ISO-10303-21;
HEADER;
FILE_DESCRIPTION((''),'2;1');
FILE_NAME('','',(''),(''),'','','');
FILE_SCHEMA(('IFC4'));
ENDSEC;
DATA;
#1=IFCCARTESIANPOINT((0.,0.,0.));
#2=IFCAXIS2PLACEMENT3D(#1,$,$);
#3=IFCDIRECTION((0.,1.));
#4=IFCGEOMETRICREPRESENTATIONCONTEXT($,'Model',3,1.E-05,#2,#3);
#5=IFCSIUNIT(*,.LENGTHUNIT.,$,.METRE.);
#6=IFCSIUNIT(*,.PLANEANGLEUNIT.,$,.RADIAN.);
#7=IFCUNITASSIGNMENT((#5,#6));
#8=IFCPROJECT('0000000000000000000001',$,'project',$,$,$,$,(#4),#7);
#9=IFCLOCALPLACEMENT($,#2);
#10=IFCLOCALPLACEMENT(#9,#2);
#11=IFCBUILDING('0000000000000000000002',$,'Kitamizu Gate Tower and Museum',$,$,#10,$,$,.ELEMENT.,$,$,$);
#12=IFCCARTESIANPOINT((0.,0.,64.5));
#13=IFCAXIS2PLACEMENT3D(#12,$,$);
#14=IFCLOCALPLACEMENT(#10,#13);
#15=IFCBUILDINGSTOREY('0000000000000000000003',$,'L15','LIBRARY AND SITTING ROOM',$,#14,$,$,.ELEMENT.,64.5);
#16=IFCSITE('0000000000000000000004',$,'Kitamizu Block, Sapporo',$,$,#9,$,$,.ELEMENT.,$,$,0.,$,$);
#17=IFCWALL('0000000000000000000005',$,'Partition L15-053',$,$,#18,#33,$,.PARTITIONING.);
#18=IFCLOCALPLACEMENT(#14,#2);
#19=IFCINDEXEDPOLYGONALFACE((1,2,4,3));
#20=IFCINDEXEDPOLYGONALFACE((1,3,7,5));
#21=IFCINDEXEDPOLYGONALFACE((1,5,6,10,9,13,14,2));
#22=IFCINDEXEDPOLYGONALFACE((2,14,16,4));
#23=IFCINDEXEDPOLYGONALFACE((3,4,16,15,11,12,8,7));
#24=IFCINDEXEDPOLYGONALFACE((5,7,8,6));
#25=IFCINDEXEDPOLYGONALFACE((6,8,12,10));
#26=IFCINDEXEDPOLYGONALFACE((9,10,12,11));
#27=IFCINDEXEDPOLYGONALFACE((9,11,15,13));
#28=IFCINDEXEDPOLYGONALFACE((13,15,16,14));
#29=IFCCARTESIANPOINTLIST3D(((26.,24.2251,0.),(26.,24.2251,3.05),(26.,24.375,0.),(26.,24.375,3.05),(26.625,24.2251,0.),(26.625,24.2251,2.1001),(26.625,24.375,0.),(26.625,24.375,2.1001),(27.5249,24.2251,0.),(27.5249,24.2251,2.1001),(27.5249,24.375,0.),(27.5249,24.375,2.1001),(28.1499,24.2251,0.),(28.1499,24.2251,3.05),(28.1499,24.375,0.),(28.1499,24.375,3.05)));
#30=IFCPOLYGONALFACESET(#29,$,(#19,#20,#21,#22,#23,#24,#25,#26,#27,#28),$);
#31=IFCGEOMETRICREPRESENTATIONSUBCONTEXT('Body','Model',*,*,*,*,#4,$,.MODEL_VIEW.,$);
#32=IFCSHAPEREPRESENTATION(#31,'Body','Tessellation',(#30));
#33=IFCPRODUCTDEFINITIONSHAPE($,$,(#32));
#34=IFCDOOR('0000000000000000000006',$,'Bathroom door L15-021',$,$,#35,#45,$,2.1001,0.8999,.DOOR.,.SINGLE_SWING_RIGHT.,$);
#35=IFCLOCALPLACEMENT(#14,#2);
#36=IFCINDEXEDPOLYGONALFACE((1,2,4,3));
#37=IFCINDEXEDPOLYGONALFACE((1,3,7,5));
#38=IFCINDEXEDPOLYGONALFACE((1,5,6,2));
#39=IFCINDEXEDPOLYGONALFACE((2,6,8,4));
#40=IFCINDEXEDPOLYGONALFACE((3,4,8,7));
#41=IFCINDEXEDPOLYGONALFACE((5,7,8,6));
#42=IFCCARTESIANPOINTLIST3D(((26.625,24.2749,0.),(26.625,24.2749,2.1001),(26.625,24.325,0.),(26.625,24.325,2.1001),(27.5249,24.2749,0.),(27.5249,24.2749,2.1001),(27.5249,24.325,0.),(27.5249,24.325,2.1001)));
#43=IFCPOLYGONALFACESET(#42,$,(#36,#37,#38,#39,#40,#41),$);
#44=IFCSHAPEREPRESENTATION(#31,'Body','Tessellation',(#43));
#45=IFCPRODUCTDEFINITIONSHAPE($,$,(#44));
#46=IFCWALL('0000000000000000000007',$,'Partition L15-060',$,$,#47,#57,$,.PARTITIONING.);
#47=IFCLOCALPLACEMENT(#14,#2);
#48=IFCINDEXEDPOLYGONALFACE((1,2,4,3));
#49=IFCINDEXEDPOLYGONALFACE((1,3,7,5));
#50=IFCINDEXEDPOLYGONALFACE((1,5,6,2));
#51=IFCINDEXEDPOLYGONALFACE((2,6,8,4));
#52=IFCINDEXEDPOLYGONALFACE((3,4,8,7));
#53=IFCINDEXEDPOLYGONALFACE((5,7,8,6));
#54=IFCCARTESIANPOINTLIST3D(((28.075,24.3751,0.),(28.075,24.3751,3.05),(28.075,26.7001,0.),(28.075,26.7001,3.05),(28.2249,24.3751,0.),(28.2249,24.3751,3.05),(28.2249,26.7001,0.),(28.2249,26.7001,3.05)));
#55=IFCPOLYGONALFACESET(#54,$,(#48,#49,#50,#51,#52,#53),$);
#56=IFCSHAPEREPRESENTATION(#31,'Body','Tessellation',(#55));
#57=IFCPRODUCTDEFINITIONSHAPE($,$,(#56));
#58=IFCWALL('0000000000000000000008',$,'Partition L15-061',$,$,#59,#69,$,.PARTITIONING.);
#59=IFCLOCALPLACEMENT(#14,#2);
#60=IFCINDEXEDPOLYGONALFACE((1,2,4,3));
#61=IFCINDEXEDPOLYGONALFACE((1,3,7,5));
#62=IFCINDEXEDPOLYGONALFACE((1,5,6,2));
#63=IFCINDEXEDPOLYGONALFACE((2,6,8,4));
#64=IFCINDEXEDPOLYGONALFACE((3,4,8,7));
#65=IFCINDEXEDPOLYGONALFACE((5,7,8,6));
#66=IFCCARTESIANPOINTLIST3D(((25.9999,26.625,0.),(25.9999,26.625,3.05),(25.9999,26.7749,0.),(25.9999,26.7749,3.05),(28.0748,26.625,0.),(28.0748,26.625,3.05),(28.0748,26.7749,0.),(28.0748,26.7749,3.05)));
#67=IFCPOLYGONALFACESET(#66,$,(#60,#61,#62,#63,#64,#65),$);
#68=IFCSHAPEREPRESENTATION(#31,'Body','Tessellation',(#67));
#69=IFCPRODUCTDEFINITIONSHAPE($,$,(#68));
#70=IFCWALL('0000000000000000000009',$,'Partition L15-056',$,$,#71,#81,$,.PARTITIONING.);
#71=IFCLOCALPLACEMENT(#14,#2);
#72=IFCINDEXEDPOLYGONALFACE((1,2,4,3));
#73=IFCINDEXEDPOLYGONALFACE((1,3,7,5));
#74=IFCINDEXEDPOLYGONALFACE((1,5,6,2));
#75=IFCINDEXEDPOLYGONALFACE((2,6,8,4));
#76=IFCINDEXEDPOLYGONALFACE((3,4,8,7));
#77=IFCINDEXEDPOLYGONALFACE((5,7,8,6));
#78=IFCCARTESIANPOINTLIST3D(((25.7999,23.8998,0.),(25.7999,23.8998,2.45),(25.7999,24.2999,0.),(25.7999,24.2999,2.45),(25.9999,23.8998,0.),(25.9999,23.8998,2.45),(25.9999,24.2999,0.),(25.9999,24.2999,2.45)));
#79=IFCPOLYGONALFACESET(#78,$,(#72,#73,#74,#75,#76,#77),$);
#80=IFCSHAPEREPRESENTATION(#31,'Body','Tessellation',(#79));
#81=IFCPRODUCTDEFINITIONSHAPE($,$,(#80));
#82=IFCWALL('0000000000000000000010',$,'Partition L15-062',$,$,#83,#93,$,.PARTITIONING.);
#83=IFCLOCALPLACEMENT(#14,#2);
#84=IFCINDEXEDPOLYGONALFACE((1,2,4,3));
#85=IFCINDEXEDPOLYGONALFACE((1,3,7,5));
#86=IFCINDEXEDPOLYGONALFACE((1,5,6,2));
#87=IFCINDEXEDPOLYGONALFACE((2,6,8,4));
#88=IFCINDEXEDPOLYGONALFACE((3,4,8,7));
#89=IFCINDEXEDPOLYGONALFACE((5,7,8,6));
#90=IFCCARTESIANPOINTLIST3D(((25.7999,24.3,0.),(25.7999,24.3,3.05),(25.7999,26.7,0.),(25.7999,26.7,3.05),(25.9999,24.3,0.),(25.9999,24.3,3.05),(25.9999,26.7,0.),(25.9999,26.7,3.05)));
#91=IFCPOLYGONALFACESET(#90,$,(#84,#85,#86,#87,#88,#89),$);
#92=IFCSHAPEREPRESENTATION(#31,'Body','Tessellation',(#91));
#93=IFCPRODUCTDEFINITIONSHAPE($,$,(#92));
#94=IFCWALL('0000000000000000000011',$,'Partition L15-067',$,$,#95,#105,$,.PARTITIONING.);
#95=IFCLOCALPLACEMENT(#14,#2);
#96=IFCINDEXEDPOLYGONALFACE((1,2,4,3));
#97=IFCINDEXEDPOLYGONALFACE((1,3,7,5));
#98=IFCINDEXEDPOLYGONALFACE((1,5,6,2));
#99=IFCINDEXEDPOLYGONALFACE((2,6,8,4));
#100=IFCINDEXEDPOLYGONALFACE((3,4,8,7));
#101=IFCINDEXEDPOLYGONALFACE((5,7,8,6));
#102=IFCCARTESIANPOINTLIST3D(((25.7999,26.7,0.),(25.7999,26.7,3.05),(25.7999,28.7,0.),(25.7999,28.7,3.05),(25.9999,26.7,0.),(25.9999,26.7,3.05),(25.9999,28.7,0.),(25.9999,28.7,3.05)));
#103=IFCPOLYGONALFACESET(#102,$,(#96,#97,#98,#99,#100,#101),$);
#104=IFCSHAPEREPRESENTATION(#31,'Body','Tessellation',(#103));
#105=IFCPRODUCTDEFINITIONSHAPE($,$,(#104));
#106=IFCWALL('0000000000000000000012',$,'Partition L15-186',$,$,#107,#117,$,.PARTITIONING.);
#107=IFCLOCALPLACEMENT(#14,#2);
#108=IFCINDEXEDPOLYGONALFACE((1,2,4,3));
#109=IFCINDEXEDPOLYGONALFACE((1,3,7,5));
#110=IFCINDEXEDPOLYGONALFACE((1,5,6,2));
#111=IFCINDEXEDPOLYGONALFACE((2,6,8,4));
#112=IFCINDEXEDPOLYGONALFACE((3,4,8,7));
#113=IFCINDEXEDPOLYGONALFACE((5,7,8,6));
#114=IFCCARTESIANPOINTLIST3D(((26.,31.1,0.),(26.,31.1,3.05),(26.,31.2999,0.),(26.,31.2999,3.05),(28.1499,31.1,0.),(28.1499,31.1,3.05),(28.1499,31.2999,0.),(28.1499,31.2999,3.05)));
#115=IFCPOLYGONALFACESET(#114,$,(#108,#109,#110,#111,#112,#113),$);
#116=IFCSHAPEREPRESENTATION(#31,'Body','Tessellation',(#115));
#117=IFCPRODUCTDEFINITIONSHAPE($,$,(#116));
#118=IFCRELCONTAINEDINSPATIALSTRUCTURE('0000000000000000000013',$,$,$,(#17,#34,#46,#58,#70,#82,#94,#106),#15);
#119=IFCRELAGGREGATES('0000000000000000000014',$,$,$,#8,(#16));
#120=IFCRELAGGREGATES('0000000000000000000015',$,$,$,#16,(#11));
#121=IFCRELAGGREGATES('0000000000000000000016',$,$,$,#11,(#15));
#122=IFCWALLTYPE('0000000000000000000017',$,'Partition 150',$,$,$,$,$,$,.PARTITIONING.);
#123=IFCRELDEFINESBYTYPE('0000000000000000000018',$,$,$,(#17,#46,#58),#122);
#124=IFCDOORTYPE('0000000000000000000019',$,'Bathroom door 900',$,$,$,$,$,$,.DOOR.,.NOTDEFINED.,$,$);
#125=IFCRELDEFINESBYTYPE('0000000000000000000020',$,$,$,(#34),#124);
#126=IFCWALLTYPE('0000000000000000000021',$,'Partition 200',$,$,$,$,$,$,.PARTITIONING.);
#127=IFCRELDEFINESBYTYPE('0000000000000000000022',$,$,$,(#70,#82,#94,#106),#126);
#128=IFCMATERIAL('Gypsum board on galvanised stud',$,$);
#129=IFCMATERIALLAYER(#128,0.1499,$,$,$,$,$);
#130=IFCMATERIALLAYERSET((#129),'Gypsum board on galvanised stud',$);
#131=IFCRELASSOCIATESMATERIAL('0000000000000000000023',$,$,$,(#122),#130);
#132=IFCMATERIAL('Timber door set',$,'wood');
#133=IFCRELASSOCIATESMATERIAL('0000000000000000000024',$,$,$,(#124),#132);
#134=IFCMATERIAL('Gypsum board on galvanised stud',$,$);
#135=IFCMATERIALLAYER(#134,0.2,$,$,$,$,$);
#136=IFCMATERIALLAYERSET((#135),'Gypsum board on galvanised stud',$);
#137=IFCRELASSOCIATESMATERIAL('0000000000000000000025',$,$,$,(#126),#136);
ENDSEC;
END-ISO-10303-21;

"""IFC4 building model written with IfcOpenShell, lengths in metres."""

from ifc_helpers import new_model, si_unit, direction, frame, frame_2d, origin, place, context, subcontext, project, spatial, rectangle, extrude, material, layer, layer_set, type_object, element, fill, save


model = new_model("IFC4")

# Units and contexts
model_context = context("Model", 3, precision=1e-05, world=origin(), true_north=direction((0.0, 1.0)))
body_context = subcontext(model_context, "Body", "Model", "MODEL_VIEW")
ifc_project = project(units=[si_unit("LENGTHUNIT", "METRE"), si_unit("PLANEANGLEUNIT", "RADIAN")], contexts=[model_context])

# Site, building, storey
site_placement = place(None, origin())
site = spatial("IfcSite", under=ifc_project, at=site_placement, Name="Kitamizu Block, Sapporo", CompositionType="ELEMENT", RefElevation=0.0)
building_placement = place(site_placement, origin())
building = spatial("IfcBuilding", under=site, at=building_placement, Name="Kitamizu Gate Tower and Museum", CompositionType="ELEMENT")
storey_placement = place(building_placement, frame((0.0, 0.0, 64.5)))
storey = spatial("IfcBuildingStorey", under=building, at=storey_placement, Name="L15", Description="LIBRARY AND SITTING ROOM", CompositionType="ELEMENT", Elevation=64.5)

# Wall, opening, door
ifc_material_1 = material(Name="Gypsum board on galvanised stud")
ifc_layer_1 = layer(ifc_material_1, 0.1499)
ifc_layer_set_1 = layer_set([ifc_layer_1], Name="Gypsum board on galvanised stud")
wall_type_1 = type_object("IfcWallType", Name="Partition 150", PredefinedType="PARTITIONING", material=ifc_layer_set_1)
wall_1_placement = place(storey_placement, frame((28.1499, 24.3, 0.0), z_axis=(0.0, 0.0, 1.0), x_axis=(-1.0, 0.0, 0.0)))
wall_1 = element("IfcWall", 1, at=wall_1_placement, inside=storey, type_object=wall_type_1, Name="Partition L15-053", PredefinedType="PARTITIONING", context=body_context, shape_type="SweptSolid", body=[
    extrude(rectangle(XDim=2.1499, YDim=0.1499, at=frame_2d((1.075, 0.0))), origin(), (0.0, 0.0, 1.0), 3.05),
])
opening_1_placement = place(wall_1_placement, frame((0.625, 0.0, 0.0)))
opening_1 = element("IfcOpeningElement", 2, at=opening_1_placement, cuts=wall_1, PredefinedType="OPENING", context=body_context, shape_type="SweptSolid", body=[
    extrude(rectangle(XDim=0.8999, YDim=2.1001, at=frame_2d((0.45, 1.05))), frame((0.0, 0.085, 0.0), z_axis=(0.0, -1.0, 0.0), x_axis=(1.0, 0.0, 0.0)), (0.0, 0.0, 1.0), 0.1699),
])
ifc_material_2 = material(Name="Timber door set", Category="wood")
door_type_1 = type_object("IfcDoorType", Name="Bathroom door 900", OperationType="NOTDEFINED", PredefinedType="DOOR", material=ifc_material_2)
door_1_placement = place(opening_1_placement, frame((0.8999, 0.0, 0.0), x_axis=(-1.0, 0.0, 0.0)))
door_1 = element("IfcDoor", 3, at=door_1_placement, inside=storey, type_object=door_type_1, Name="Bathroom door L15-021", OperationType="SINGLE_SWING_RIGHT", OverallHeight=2.1001, OverallWidth=0.8999, PredefinedType="DOOR", context=body_context, shape_type="SweptSolid", body=[
    extrude(rectangle(XDim=0.8999, YDim=2.1001, at=frame_2d((0.45, 1.05))), frame((0.0, 0.0249, 0.0), z_axis=(0.0, -1.0, 0.0), x_axis=(1.0, 0.0, 0.0)), (0.0, 0.0, 1.0), 0.05),
])
fill(opening_1, door_1)

# Walls
wall_2_placement = place(storey_placement, frame((28.1499, 24.375, 0.0), z_axis=(0.0, 0.0, 1.0), x_axis=(0.0, 1.0, 0.0)))
element("IfcWall", 4, at=wall_2_placement, inside=storey, type_object=wall_type_1, Name="Partition L15-060", PredefinedType="PARTITIONING", context=body_context, shape_type="SweptSolid", body=[
    extrude(rectangle(XDim=2.325, YDim=0.1499, at=frame_2d((1.1626, 0.0))), origin(), (0.0, 0.0, 1.0), 3.05),
])
wall_3_placement = place(storey_placement, frame((28.075, 26.7, 0.0), z_axis=(0.0, 0.0, 1.0), x_axis=(-1.0, 0.0, 0.0)))
element("IfcWall", 5, at=wall_3_placement, inside=storey, type_object=wall_type_1, Name="Partition L15-061", PredefinedType="PARTITIONING", context=body_context, shape_type="SweptSolid", body=[
    extrude(rectangle(XDim=2.075, YDim=0.1499, at=frame_2d((1.0376, 0.0))), origin(), (0.0, 0.0, 1.0), 3.05),
])
ifc_material_3 = material(Name="Gypsum board on galvanised stud")
ifc_layer_2 = layer(ifc_material_3, 0.2)
ifc_layer_set_2 = layer_set([ifc_layer_2], Name="Gypsum board on galvanised stud")
wall_type_2 = type_object("IfcWallType", Name="Partition 200", PredefinedType="PARTITIONING", material=ifc_layer_set_2)
wall_4_placement = place(storey_placement, frame((25.8999, 24.3, 0.0), z_axis=(0.0, 0.0, 1.0), x_axis=(0.0, -1.0, 0.0)))
element("IfcWall", 6, at=wall_4_placement, inside=storey, type_object=wall_type_2, Name="Partition L15-056", PredefinedType="PARTITIONING", context=body_context, shape_type="SweptSolid", body=[
    extrude(rectangle(XDim=0.4001, YDim=0.2, at=frame_2d((0.2002, 0.0))), origin(), (0.0, 0.0, 1.0), 2.45),
])
wall_5_placement = place(storey_placement, frame((25.8999, 26.7, 0.0), z_axis=(0.0, 0.0, 1.0), x_axis=(0.0, -1.0, 0.0)))
element("IfcWall", 7, at=wall_5_placement, inside=storey, type_object=wall_type_2, Name="Partition L15-062", PredefinedType="PARTITIONING", context=body_context, shape_type="SweptSolid", body=[
    extrude(rectangle(XDim=2.3999, YDim=0.2, at=frame_2d((1.2, 0.0))), origin(), (0.0, 0.0, 1.0), 3.05),
])
wall_6_placement = place(storey_placement, frame((25.8999, 28.7, 0.0), z_axis=(0.0, 0.0, 1.0), x_axis=(0.0, -1.0, 0.0)))
element("IfcWall", 8, at=wall_6_placement, inside=storey, type_object=wall_type_2, Name="Partition L15-067", PredefinedType="PARTITIONING", context=body_context, shape_type="SweptSolid", body=[
    extrude(rectangle(XDim=2.0, YDim=0.2, at=frame_2d((1.0, 0.0))), origin(), (0.0, 0.0, 1.0), 3.05),
])
wall_7_placement = place(storey_placement, frame((26.0, 31.2, 0.0), z_axis=(0.0, 0.0, 1.0), x_axis=(1.0, 0.0, 0.0)))
element("IfcWall", 9, at=wall_7_placement, inside=storey, type_object=wall_type_2, Name="Partition L15-186", PredefinedType="PARTITIONING", context=body_context, shape_type="SweptSolid", body=[
    extrude(rectangle(XDim=2.1499, YDim=0.2, at=frame_2d((1.075, 0.0))), origin(), (0.0, 0.0, 1.0), 3.05),
])

save(model, "model.ifc")
